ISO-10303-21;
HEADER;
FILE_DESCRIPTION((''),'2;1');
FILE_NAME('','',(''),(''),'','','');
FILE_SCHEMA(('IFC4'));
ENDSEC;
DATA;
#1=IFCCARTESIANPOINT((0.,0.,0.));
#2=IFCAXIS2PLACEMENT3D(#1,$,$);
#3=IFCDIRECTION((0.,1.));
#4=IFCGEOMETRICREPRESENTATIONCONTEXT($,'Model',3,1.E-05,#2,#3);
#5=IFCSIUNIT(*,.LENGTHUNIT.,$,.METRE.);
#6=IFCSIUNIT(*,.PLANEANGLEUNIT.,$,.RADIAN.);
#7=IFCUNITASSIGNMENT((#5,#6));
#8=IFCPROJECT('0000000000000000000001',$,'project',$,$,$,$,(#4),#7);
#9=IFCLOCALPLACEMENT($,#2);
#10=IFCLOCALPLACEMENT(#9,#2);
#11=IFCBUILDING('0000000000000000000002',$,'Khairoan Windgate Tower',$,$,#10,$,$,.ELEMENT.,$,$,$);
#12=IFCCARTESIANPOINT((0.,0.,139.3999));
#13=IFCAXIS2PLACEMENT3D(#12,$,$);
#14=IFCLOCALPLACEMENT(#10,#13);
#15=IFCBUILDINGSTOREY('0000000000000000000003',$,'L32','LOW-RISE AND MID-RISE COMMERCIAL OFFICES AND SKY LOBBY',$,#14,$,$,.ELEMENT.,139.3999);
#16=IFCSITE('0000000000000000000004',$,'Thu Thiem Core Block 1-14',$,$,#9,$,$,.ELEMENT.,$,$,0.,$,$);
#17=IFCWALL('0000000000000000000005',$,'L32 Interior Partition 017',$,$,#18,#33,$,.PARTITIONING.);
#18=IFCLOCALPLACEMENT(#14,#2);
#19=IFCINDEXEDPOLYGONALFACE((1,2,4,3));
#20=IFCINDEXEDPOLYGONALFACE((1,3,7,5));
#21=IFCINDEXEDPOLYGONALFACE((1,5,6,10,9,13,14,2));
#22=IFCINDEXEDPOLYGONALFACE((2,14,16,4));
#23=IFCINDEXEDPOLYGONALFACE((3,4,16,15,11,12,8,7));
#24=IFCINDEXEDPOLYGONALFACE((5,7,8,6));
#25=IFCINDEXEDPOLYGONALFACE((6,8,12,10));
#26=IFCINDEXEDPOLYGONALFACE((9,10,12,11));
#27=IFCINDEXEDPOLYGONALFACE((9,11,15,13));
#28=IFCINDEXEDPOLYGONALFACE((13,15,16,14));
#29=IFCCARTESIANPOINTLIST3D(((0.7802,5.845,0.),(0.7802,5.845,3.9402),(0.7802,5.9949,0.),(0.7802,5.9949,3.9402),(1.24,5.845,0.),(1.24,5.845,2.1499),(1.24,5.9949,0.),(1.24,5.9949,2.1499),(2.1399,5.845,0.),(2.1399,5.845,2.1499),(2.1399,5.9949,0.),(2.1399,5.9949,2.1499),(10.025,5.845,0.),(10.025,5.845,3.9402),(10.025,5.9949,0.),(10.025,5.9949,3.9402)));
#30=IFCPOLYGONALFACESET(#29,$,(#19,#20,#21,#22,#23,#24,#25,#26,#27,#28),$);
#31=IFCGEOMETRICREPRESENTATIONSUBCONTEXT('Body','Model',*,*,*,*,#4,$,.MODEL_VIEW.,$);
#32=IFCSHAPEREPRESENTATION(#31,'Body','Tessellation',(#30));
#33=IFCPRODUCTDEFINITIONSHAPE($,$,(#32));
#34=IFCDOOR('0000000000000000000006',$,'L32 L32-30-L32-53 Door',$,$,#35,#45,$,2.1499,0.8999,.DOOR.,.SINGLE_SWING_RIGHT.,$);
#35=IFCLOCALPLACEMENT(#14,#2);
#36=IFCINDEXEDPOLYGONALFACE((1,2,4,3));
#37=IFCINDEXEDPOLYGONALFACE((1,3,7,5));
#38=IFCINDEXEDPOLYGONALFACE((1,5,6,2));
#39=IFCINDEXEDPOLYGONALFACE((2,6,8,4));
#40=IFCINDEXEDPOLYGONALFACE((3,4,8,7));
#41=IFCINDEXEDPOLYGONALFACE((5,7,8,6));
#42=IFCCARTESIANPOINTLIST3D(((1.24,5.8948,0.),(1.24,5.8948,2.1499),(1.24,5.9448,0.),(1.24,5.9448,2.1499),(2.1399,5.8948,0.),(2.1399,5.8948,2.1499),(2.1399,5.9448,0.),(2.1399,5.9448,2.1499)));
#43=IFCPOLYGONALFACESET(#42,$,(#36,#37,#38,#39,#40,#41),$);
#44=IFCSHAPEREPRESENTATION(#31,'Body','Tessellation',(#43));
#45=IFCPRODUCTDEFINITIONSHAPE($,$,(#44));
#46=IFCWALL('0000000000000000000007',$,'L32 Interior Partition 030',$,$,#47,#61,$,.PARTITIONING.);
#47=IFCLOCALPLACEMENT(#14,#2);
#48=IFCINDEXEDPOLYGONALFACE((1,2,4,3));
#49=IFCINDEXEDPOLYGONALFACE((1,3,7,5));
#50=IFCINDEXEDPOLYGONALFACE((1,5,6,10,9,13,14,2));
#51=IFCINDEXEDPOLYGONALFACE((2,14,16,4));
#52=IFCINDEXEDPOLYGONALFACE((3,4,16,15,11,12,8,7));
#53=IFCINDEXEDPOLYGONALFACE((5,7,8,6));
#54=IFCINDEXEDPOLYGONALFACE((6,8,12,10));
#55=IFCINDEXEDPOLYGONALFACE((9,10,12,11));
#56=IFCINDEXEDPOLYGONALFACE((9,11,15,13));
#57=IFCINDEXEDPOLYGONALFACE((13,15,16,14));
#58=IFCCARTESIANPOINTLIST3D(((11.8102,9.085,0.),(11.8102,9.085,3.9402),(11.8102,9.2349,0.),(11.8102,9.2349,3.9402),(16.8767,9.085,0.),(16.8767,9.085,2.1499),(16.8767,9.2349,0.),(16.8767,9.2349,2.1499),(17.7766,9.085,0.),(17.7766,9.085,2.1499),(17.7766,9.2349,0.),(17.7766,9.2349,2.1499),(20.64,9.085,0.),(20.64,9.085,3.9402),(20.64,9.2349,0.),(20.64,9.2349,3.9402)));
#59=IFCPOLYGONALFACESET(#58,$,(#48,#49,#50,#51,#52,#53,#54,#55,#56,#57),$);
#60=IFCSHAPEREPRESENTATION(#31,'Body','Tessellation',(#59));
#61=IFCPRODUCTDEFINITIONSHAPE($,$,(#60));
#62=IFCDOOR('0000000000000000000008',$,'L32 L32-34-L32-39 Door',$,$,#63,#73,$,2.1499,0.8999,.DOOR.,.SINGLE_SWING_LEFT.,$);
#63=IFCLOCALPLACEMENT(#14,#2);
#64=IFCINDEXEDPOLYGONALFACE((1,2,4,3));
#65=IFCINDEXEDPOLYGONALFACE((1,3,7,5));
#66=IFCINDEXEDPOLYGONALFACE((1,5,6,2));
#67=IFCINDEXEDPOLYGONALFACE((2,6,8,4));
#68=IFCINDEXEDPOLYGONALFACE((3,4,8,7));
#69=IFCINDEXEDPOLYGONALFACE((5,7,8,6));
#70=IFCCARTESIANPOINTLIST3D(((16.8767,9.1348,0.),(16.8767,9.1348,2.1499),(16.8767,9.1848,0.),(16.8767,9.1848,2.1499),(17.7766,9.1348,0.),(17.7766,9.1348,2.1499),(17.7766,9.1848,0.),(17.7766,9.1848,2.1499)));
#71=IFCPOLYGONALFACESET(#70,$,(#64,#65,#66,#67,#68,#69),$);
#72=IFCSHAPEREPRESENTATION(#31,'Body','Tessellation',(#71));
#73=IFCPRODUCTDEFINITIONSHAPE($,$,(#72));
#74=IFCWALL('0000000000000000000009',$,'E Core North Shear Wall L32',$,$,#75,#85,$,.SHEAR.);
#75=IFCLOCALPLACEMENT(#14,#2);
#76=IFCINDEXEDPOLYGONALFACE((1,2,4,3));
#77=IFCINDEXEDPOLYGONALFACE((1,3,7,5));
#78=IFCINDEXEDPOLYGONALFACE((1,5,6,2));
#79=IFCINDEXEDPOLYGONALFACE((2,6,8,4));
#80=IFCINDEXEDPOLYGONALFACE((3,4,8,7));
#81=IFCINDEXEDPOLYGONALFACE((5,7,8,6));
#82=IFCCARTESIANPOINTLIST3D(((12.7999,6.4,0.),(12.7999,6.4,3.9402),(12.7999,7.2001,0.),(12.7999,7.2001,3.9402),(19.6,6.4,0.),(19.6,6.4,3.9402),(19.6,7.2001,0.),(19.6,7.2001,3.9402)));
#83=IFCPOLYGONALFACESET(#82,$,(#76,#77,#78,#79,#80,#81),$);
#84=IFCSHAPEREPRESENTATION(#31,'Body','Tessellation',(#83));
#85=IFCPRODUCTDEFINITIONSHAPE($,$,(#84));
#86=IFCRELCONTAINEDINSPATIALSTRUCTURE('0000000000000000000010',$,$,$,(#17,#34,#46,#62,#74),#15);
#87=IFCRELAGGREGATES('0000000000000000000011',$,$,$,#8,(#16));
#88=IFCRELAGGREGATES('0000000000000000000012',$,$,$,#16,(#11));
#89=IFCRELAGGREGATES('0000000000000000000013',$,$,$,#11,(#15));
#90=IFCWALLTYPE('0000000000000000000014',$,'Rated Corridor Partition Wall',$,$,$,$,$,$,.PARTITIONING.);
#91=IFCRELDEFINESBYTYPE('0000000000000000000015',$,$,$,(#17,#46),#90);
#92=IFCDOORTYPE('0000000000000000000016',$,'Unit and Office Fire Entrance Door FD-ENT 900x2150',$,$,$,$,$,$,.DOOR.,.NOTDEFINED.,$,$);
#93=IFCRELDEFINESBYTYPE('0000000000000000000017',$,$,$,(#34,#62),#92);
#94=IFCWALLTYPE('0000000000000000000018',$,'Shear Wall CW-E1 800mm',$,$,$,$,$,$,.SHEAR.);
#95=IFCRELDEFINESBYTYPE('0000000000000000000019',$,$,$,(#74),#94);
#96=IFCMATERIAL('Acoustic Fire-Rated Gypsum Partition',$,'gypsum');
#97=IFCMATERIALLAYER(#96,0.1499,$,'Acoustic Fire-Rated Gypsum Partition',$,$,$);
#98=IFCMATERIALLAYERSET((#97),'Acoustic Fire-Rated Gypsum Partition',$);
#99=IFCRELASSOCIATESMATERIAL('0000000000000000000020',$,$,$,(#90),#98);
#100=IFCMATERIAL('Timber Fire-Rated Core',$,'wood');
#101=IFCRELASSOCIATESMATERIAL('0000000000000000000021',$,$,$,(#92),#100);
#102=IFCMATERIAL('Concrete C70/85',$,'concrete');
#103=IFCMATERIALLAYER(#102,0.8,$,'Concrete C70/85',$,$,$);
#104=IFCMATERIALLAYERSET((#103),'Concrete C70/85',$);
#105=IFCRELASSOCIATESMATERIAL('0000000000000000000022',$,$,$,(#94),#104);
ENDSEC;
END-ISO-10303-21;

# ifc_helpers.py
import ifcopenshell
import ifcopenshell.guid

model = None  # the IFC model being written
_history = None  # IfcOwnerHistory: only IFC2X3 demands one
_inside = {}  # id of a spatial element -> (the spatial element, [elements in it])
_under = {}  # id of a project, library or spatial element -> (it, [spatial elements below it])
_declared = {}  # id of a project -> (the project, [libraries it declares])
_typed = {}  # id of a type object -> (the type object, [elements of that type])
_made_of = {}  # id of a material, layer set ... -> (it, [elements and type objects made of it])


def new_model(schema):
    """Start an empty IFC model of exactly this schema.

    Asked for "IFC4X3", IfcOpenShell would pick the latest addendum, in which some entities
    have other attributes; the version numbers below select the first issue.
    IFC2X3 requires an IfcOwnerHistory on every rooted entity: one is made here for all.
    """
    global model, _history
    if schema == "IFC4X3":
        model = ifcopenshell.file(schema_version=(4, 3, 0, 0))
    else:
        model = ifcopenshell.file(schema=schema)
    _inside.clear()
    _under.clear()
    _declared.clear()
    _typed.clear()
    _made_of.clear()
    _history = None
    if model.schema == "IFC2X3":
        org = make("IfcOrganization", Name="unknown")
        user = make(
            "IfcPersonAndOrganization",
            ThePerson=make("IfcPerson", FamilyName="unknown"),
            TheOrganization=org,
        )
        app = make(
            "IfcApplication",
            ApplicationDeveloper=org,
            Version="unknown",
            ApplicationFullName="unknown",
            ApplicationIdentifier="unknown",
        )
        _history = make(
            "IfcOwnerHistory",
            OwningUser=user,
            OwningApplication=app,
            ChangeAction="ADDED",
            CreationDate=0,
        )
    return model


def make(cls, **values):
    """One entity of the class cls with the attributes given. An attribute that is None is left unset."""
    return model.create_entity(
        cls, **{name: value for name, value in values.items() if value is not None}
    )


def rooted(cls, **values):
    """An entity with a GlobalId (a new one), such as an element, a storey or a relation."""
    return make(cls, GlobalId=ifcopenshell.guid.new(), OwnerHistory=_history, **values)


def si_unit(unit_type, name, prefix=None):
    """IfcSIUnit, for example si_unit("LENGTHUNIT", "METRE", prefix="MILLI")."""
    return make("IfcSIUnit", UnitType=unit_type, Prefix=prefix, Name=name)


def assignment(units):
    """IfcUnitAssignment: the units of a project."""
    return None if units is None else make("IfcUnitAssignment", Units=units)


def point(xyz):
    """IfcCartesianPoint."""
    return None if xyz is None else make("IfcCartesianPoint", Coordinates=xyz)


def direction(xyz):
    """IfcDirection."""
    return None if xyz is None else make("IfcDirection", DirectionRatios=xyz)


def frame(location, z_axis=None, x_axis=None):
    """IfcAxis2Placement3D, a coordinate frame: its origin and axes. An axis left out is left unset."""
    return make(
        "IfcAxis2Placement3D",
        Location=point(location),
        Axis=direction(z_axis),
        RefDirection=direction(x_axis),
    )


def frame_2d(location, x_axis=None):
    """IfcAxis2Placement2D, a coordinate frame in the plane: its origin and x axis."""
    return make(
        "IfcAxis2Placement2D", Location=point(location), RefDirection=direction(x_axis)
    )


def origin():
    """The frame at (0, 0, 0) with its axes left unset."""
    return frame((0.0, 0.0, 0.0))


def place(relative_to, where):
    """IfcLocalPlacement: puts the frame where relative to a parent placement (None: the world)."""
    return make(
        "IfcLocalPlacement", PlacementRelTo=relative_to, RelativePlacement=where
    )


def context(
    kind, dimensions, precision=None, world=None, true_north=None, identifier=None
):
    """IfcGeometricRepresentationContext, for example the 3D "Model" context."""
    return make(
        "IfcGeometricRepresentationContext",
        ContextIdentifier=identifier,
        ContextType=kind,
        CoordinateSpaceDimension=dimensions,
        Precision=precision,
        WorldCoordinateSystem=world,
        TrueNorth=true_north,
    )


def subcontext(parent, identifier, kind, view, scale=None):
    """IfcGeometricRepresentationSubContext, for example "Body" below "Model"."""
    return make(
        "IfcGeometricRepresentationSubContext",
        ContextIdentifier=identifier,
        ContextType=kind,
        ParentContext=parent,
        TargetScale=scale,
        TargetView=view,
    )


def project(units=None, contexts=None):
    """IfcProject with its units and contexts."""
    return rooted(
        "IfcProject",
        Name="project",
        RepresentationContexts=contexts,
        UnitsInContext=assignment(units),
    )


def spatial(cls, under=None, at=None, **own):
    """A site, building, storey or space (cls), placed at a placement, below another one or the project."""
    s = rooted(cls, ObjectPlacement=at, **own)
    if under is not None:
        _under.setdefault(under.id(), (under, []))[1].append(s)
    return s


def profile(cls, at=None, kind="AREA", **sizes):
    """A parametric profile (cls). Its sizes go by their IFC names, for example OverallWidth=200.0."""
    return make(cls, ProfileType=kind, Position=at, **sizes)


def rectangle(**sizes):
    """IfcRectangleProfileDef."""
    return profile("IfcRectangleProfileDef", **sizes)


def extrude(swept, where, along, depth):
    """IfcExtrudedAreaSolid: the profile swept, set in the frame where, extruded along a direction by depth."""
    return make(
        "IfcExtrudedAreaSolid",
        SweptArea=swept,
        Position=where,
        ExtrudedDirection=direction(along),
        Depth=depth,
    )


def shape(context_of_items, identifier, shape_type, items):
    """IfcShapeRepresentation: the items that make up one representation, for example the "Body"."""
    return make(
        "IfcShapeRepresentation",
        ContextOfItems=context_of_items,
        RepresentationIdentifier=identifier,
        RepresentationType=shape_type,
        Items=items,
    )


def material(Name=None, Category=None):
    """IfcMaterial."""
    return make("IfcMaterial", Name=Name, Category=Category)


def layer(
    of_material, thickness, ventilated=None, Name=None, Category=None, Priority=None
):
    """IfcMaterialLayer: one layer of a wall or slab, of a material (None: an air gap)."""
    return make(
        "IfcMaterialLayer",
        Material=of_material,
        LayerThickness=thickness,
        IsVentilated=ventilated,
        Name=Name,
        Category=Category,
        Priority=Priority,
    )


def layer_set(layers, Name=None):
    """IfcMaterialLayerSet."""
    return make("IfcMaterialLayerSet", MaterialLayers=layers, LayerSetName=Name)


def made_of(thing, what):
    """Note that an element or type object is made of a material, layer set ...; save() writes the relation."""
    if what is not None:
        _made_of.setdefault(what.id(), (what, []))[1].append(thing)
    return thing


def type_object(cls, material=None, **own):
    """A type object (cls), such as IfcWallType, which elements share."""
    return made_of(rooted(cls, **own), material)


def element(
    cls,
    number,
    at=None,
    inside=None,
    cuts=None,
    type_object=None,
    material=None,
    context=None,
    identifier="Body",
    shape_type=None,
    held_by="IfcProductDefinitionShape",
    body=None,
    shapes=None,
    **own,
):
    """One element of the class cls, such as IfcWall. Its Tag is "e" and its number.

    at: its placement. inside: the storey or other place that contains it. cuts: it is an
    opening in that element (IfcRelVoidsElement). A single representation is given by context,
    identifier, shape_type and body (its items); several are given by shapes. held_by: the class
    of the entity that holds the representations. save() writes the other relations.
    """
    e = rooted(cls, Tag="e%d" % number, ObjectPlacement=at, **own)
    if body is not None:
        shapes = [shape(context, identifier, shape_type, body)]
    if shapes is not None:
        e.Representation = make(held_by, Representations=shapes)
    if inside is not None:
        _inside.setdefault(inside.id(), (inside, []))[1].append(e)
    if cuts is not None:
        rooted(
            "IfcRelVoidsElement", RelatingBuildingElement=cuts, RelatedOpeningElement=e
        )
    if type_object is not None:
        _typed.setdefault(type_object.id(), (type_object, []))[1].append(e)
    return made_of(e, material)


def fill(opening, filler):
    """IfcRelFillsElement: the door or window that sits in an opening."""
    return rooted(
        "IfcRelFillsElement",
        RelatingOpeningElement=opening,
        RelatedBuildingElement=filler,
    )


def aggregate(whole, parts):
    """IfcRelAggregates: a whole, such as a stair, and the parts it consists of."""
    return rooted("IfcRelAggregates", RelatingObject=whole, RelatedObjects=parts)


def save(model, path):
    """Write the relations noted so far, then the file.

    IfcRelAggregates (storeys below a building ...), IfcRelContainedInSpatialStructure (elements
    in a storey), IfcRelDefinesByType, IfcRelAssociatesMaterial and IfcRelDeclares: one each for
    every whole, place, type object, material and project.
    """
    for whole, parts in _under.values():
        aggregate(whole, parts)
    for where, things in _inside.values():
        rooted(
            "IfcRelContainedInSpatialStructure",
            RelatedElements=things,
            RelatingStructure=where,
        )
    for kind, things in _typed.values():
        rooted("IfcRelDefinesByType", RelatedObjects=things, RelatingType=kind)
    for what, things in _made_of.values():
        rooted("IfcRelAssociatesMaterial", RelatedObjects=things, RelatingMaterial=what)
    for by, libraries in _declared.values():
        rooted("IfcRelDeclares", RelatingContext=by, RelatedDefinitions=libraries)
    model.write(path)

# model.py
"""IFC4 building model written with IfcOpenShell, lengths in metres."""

from ifc_helpers import new_model, si_unit, direction, frame, frame_2d, origin, place, context, subcontext, project, spatial, rectangle, extrude, material, layer, layer_set, type_object, element, fill, save


model = new_model("IFC4")

# Units and contexts
model_context = context("Model", 3, precision=1e-05, world=origin(), true_north=direction((0.0, 1.0)))
body_context = subcontext(model_context, "Body", "Model", "MODEL_VIEW")
ifc_project = project(units=[si_unit("LENGTHUNIT", "METRE"), si_unit("PLANEANGLEUNIT", "RADIAN")], contexts=[model_context])

# Site, building, storey
site_placement = place(None, origin())
site = spatial("IfcSite", under=ifc_project, at=site_placement, Name="Thu Thiem Core Block 1-14", CompositionType="ELEMENT", RefElevation=0.0)
building_placement = place(site_placement, origin())
building = spatial("IfcBuilding", under=site, at=building_placement, Name="Khairoan Windgate Tower", CompositionType="ELEMENT")
storey_placement = place(building_placement, frame((0.0, 0.0, 139.3999)))
storey = spatial("IfcBuildingStorey", under=building, at=storey_placement, Name="L32", Description="LOW-RISE AND MID-RISE COMMERCIAL OFFICES AND SKY LOBBY", CompositionType="ELEMENT", Elevation=139.3999)

# Walls, openings, doors
ifc_material_1 = material(Name="Acoustic Fire-Rated Gypsum Partition", Category="gypsum")
ifc_layer_1 = layer(ifc_material_1, 0.1499, Name="Acoustic Fire-Rated Gypsum Partition")
ifc_layer_set_1 = layer_set([ifc_layer_1], Name="Acoustic Fire-Rated Gypsum Partition")
wall_type_1 = type_object("IfcWallType", Name="Rated Corridor Partition Wall", PredefinedType="PARTITIONING", material=ifc_layer_set_1)
wall_1_placement = place(storey_placement, frame((0.78, 5.9199, 0.0), z_axis=(0.0, 0.0, 1.0), x_axis=(1.0, 0.0, 0.0)))
wall_1 = element("IfcWall", 1, at=wall_1_placement, inside=storey, type_object=wall_type_1, Name="L32 Interior Partition 017", PredefinedType="PARTITIONING", context=body_context, shape_type="SweptSolid", body=[
    extrude(rectangle(XDim=9.2449, YDim=0.1499, at=frame_2d((4.6226, 0.0))), origin(), (0.0, 0.0, 1.0), 3.9402),
])
opening_1_placement = place(wall_1_placement, frame((0.46, 0.0, 0.0)))
opening_1 = element("IfcOpeningElement", 2, at=opening_1_placement, cuts=wall_1, PredefinedType="OPENING", context=body_context, shape_type="SweptSolid", body=[
    extrude(rectangle(XDim=0.8999, YDim=2.1499, at=frame_2d((0.45, 1.075))), frame((0.0, 0.085, 0.0), z_axis=(0.0, -1.0, 0.0), x_axis=(1.0, 0.0, 0.0)), (0.0, 0.0, 1.0), 0.1699),
])
ifc_material_2 = material(Name="Timber Fire-Rated Core", Category="wood")
door_type = type_object("IfcDoorType", Name="Unit and Office Fire Entrance Door FD-ENT 900x2150", OperationType="NOTDEFINED", PredefinedType="DOOR", material=ifc_material_2)
door_1_placement = place(opening_1_placement, origin())
door_1 = element("IfcDoor", 3, at=door_1_placement, inside=storey, type_object=door_type, Name="L32 L32-30-L32-53 Door", OperationType="SINGLE_SWING_RIGHT", OverallHeight=2.1499, OverallWidth=0.8999, PredefinedType="DOOR", context=body_context, shape_type="SweptSolid", body=[
    extrude(rectangle(XDim=0.8999, YDim=2.1499, at=frame_2d((0.45, 1.075))), frame((0.0, 0.0249, 0.0), z_axis=(0.0, -1.0, 0.0), x_axis=(1.0, 0.0, 0.0)), (0.0, 0.0, 1.0), 0.05),
])
fill(opening_1, door_1)
wall_2_placement = place(storey_placement, frame((11.8101, 9.1599, 0.0), z_axis=(0.0, 0.0, 1.0), x_axis=(1.0, 0.0, 0.0)))
wall_2 = element("IfcWall", 4, at=wall_2_placement, inside=storey, type_object=wall_type_1, Name="L32 Interior Partition 030", PredefinedType="PARTITIONING", context=body_context, shape_type="SweptSolid", body=[
    extrude(rectangle(XDim=8.8298, YDim=0.1499, at=frame_2d((4.415, 0.0))), origin(), (0.0, 0.0, 1.0), 3.9402),
])
opening_2_placement = place(wall_2_placement, frame((5.0667, 0.0, 0.0)))
opening_2 = element("IfcOpeningElement", 5, at=opening_2_placement, cuts=wall_2, PredefinedType="OPENING", context=body_context, shape_type="SweptSolid", body=[
    extrude(rectangle(XDim=0.8999, YDim=2.1499, at=frame_2d((0.45, 1.075))), frame((0.0, 0.085, 0.0), z_axis=(0.0, -1.0, 0.0), x_axis=(1.0, 0.0, 0.0)), (0.0, 0.0, 1.0), 0.1699),
])
door_2_placement = place(opening_2_placement, origin())
door_2 = element("IfcDoor", 6, at=door_2_placement, inside=storey, type_object=door_type, Name="L32 L32-34-L32-39 Door", OperationType="SINGLE_SWING_LEFT", OverallHeight=2.1499, OverallWidth=0.8999, PredefinedType="DOOR", context=body_context, shape_type="SweptSolid", body=[
    extrude(rectangle(XDim=0.8999, YDim=2.1499, at=frame_2d((0.45, 1.075))), frame((0.0, 0.0249, 0.0), z_axis=(0.0, -1.0, 0.0), x_axis=(1.0, 0.0, 0.0)), (0.0, 0.0, 1.0), 0.05),
])
fill(opening_2, door_2)

# Wall
ifc_material_3 = material(Name="Concrete C70/85", Category="concrete")
ifc_layer_2 = layer(ifc_material_3, 0.8, Name="Concrete C70/85")
ifc_layer_set_2 = layer_set([ifc_layer_2], Name="Concrete C70/85")
wall_type_2 = type_object("IfcWallType", Name="Shear Wall CW-E1 800mm", PredefinedType="SHEAR", material=ifc_layer_set_2)
wall_3_placement = place(storey_placement, frame((12.8, 6.8, 0.0), z_axis=(0.0, 0.0, 1.0), x_axis=(1.0, 0.0, 0.0)))
element("IfcWall", 7, at=wall_3_placement, inside=storey, type_object=wall_type_2, Name="E Core North Shear Wall L32", PredefinedType="SHEAR", context=body_context, shape_type="SweptSolid", body=[
    extrude(rectangle(XDim=6.8, YDim=0.8, at=frame_2d((3.3999, 0.0))), origin(), (0.0, 0.0, 1.0), 3.9402),
])

save(model, "model.ifc")
